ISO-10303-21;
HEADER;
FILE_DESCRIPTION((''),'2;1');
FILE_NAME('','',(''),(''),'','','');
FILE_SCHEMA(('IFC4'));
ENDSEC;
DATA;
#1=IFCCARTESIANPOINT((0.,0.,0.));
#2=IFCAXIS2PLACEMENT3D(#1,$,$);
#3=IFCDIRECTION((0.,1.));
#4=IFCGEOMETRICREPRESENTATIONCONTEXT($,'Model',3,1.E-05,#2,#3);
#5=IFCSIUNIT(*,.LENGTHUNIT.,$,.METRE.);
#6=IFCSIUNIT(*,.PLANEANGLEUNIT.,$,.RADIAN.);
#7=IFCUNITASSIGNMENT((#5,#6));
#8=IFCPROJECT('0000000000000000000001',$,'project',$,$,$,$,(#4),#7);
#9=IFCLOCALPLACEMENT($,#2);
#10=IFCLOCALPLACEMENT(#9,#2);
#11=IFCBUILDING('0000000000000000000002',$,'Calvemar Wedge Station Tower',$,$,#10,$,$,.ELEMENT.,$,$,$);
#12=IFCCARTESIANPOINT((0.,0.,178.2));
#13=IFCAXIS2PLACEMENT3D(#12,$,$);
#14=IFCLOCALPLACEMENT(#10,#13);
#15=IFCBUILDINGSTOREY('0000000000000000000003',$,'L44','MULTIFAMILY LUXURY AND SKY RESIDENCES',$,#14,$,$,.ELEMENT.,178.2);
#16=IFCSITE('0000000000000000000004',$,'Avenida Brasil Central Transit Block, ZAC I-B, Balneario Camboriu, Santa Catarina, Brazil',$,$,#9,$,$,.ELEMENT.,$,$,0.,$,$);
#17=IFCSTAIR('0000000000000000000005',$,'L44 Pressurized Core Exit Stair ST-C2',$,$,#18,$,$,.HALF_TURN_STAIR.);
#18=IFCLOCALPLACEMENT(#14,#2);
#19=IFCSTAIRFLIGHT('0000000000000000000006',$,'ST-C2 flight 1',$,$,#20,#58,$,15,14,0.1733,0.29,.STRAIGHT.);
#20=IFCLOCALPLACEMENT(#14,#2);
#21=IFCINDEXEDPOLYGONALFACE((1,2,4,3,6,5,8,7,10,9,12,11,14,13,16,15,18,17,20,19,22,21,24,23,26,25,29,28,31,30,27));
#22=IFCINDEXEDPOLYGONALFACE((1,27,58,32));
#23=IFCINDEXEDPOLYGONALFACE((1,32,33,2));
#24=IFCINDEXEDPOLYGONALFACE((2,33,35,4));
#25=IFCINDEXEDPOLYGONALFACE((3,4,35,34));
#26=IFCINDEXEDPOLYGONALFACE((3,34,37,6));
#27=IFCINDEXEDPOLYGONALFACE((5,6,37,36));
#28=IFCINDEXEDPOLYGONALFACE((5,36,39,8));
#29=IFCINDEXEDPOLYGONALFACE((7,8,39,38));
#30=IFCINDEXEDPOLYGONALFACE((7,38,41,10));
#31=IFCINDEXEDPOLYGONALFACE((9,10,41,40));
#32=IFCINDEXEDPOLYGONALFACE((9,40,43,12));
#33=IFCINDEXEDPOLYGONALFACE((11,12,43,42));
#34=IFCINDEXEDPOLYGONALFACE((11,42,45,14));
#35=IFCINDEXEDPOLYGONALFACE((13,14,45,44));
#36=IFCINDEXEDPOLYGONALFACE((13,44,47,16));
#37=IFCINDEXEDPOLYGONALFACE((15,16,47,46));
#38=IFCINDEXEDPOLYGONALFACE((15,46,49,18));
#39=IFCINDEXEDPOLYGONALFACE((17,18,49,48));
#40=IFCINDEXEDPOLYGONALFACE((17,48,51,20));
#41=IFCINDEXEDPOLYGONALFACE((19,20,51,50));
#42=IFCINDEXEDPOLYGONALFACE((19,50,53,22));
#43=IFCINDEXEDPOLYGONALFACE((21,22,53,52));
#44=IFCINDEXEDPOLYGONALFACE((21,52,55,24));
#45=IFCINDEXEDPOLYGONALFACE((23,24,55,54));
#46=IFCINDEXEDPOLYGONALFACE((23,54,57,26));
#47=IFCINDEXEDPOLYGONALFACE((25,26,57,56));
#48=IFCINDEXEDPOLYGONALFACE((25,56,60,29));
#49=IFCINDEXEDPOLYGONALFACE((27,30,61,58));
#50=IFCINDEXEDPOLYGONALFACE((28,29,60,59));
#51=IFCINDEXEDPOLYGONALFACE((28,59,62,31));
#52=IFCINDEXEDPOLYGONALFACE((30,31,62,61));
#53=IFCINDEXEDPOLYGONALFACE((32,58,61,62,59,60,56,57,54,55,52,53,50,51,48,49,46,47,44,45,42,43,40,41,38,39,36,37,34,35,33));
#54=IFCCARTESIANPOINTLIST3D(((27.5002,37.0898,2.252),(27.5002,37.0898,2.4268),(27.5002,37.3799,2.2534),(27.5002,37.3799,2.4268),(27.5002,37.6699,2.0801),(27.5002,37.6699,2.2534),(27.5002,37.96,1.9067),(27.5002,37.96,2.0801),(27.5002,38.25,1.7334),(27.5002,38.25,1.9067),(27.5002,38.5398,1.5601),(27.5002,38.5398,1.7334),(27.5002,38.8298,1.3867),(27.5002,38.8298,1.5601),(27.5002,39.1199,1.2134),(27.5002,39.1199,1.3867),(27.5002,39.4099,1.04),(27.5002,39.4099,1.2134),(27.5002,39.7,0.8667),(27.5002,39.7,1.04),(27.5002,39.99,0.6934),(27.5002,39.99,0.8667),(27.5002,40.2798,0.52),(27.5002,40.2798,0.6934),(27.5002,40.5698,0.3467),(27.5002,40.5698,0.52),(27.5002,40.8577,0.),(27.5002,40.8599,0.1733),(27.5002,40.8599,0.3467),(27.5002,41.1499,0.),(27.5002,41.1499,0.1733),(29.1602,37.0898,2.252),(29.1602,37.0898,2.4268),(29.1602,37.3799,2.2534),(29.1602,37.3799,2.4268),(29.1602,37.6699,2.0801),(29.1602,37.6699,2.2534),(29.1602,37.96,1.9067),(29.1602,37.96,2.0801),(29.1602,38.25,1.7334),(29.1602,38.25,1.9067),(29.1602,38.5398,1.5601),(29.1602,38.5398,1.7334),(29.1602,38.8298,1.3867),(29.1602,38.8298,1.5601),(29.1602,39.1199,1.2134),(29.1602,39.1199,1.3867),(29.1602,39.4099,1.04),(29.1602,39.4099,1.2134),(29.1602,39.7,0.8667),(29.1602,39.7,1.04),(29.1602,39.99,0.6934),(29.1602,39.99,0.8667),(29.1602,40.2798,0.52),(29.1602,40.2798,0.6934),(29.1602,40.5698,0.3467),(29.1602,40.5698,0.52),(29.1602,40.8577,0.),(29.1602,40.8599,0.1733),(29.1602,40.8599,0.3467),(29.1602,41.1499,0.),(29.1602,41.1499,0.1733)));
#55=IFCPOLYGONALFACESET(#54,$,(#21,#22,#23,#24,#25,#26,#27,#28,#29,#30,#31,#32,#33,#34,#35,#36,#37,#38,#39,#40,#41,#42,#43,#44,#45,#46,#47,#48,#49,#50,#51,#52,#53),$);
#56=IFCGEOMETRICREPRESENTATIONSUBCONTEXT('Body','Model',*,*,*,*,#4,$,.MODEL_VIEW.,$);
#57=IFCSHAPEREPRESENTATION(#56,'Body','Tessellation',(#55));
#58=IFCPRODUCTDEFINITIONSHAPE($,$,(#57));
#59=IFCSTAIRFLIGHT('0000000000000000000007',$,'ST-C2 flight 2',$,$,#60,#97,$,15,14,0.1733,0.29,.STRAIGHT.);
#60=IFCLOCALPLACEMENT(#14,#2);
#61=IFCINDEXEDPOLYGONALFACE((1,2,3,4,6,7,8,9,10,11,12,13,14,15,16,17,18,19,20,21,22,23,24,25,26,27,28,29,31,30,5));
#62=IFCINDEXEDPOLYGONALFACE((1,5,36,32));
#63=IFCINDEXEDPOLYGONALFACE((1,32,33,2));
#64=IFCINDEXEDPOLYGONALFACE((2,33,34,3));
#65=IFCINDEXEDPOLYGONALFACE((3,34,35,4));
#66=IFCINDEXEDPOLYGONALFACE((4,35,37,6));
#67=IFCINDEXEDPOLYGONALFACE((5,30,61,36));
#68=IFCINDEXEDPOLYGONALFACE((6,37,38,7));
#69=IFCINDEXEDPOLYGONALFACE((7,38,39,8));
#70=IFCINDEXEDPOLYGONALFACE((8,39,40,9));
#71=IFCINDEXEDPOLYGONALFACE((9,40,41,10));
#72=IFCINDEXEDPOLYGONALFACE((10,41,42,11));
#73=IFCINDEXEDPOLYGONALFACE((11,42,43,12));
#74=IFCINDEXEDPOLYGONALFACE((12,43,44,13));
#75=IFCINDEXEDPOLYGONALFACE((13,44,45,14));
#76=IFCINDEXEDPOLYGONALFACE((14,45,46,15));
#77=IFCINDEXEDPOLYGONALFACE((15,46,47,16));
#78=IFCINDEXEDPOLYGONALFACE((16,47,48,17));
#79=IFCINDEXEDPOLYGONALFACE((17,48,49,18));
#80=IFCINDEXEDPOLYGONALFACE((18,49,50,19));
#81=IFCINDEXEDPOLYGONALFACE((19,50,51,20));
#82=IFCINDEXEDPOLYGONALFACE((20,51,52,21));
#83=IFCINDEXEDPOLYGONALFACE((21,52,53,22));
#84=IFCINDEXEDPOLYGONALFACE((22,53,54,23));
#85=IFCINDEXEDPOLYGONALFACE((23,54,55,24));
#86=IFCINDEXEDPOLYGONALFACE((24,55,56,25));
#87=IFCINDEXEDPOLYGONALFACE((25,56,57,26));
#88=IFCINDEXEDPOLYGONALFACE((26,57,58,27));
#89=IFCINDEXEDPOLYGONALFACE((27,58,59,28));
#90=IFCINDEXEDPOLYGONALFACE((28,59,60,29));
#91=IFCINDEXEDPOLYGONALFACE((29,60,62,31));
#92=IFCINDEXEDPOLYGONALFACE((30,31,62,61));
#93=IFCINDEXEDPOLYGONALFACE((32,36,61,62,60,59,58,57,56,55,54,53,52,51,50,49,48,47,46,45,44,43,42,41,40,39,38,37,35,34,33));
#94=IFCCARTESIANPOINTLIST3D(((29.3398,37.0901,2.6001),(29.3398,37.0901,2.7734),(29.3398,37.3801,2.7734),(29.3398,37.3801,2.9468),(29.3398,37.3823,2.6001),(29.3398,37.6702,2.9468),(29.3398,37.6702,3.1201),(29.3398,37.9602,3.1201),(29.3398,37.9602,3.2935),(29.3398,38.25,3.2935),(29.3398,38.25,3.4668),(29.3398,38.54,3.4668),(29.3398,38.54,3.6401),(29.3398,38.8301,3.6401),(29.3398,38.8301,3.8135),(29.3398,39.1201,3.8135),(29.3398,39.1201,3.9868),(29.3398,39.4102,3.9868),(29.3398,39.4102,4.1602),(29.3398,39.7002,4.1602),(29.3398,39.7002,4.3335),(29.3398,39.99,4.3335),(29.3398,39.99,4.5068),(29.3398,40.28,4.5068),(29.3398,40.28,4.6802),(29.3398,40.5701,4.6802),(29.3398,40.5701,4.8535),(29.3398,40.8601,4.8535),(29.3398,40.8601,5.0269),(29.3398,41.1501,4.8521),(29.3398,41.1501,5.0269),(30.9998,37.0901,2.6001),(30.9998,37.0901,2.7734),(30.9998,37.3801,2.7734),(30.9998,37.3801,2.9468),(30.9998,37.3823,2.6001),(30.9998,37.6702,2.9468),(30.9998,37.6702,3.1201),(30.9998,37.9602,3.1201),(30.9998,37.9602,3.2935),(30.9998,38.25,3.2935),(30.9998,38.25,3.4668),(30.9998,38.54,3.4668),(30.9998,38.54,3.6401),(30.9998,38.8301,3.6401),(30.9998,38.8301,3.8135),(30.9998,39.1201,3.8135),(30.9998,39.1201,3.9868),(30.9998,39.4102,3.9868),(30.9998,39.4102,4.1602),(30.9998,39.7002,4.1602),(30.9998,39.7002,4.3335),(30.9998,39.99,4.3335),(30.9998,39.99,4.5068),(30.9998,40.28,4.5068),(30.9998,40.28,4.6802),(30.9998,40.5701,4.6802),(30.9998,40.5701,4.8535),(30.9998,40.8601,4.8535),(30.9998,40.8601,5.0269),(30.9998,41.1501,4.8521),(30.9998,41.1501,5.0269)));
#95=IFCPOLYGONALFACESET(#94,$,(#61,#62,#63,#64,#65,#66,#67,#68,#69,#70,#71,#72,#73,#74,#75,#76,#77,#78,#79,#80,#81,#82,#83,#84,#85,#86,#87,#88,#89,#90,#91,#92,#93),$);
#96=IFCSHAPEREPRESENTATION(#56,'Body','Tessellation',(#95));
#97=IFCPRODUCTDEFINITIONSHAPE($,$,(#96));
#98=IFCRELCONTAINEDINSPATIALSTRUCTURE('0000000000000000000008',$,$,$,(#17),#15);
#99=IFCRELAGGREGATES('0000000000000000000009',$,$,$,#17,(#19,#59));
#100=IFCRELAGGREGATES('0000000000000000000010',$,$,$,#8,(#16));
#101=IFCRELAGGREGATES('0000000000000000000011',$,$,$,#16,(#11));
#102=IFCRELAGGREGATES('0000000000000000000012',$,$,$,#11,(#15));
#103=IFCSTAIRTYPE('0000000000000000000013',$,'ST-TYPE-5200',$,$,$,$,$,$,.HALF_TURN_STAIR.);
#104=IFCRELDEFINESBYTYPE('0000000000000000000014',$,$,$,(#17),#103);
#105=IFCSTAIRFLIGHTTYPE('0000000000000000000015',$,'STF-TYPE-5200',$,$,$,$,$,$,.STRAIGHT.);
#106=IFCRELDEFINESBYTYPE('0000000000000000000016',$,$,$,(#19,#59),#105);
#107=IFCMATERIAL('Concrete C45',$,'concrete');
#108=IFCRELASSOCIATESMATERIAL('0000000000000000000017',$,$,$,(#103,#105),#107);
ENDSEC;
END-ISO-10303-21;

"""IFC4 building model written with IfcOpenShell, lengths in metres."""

from ifc_helpers import new_model, si_unit, direction, frame, origin, place, context, subcontext, project, spatial, polyline, outline, extrude, material, type_object, element, aggregate, save


model = new_model("IFC4")

# Units and contexts
model_context = context("Model", 3, precision=1e-05, world=origin(), true_north=direction((0.0, 1.0)))
body_context = subcontext(model_context, "Body", "Model", "MODEL_VIEW")
ifc_project = project(units=[si_unit("LENGTHUNIT", "METRE"), si_unit("PLANEANGLEUNIT", "RADIAN")], contexts=[model_context])

# Site, building, storey
site_placement = place(None, origin())
site = spatial("IfcSite", under=ifc_project, at=site_placement, Name="Avenida Brasil Central Transit Block, ZAC I-B, Balneario Camboriu, Santa Catarina, Brazil", CompositionType="ELEMENT", RefElevation=0.0)
building_placement = place(site_placement, origin())
building = spatial("IfcBuilding", under=site, at=building_placement, Name="Calvemar Wedge Station Tower", CompositionType="ELEMENT")
storey_placement = place(building_placement, frame((0.0, 0.0, 178.2)))
storey = spatial("IfcBuildingStorey", under=building, at=storey_placement, Name="L44", Description="MULTIFAMILY LUXURY AND SKY RESIDENCES", CompositionType="ELEMENT", Elevation=178.2)

# Stair, stair flights
ifc_material_1 = material(Name="Concrete C45", Category="concrete")
stair_type = type_object("IfcStairType", Name="ST-TYPE-5200", PredefinedType="HALF_TURN_STAIR", material=ifc_material_1)
stair_placement = place(storey_placement, origin())
stair = element("IfcStair", 1, at=stair_placement, inside=storey, type_object=stair_type, Name="L44 Pressurized Core Exit Stair ST-C2", PredefinedType="HALF_TURN_STAIR")
stair_flight_type = type_object("IfcStairFlightType", Name="STF-TYPE-5200", PredefinedType="STRAIGHT", material=ifc_material_1)
stair_flight_1_placement = place(storey_placement, frame((28.3301, 41.1499, 0.0), z_axis=(0.0, 0.0, 1.0), x_axis=(0.0, -1.0, 0.0)))
stair_flight_1 = element("IfcStairFlight", 2, at=stair_flight_1_placement, type_object=stair_flight_type, Name="ST-C2 flight 1", NumberOfRisers=15, NumberOfTreads=14, PredefinedType="STRAIGHT", RiserHeight=0.1733, TreadLength=0.29, context=body_context, shape_type="SweptSolid", body=[
    extrude(outline(polyline([(0.0, 0.0), (0.0, 0.1733), (0.29, 0.1733), (0.29, 0.3467), (0.5801, 0.3467), (0.5801, 0.52), (0.8701, 0.52), (0.8701, 0.6934), (1.1599, 0.6934), (1.1599, 0.8667), (1.45, 0.8667), (1.45, 1.04), (1.74, 1.04), (1.74, 1.2134), (2.03, 1.2134), (2.03, 1.3867), (2.3201, 1.3867), (2.3201, 1.5601), (2.6101, 1.5601), (2.6101, 1.7334), (2.8999, 1.7334), (2.8999, 1.9067), (3.1899, 1.9067), (3.1899, 2.0801), (3.48, 2.0801), (3.48, 2.2534), (3.77, 2.2534), (3.77, 2.4268), (4.0601, 2.4268), (4.0601, 2.6001), (4.0601, 2.252), (0.2922, 0.0), (0.0, 0.0)])), frame((0.0, 0.8301, 0.0), z_axis=(0.0, -1.0, 0.0), x_axis=(1.0, 0.0, 0.0)), (0.0, 0.0, 1.0), 1.6599),
])
stair_flight_2_placement = place(storey_placement, frame((30.1699, 37.0901, 2.6001), z_axis=(0.0, 0.0, 1.0), x_axis=(0.0, 1.0, 0.0)))
stair_flight_2 = element("IfcStairFlight", 3, at=stair_flight_2_placement, type_object=stair_flight_type, Name="ST-C2 flight 2", NumberOfRisers=15, NumberOfTreads=14, PredefinedType="STRAIGHT", RiserHeight=0.1733, TreadLength=0.29, context=body_context, shape_type="SweptSolid", body=[
    extrude(outline(polyline([(0.0, 0.0), (0.0, 0.1733), (0.29, 0.1733), (0.29, 0.3467), (0.5801, 0.3467), (0.5801, 0.52), (0.8701, 0.52), (0.8701, 0.6934), (1.1599, 0.6934), (1.1599, 0.8667), (1.45, 0.8667), (1.45, 1.04), (1.74, 1.04), (1.74, 1.2134), (2.03, 1.2134), (2.03, 1.3867), (2.3201, 1.3867), (2.3201, 1.5601), (2.6101, 1.5601), (2.6101, 1.7334), (2.8999, 1.7334), (2.8999, 1.9067), (3.1899, 1.9067), (3.1899, 2.0801), (3.48, 2.0801), (3.48, 2.2534), (3.77, 2.2534), (3.77, 2.4268), (4.0601, 2.4268), (4.0601, 2.6001), (4.0601, 2.252), (0.2922, 0.0), (0.0, 0.0)])), frame((0.0, 0.8301, 0.0), z_axis=(0.0, -1.0, 0.0), x_axis=(1.0, 0.0, 0.0)), (0.0, 0.0, 1.0), 1.6599),
])
aggregate(stair, [stair_flight_1, stair_flight_2])

save(model, "model.ifc")
